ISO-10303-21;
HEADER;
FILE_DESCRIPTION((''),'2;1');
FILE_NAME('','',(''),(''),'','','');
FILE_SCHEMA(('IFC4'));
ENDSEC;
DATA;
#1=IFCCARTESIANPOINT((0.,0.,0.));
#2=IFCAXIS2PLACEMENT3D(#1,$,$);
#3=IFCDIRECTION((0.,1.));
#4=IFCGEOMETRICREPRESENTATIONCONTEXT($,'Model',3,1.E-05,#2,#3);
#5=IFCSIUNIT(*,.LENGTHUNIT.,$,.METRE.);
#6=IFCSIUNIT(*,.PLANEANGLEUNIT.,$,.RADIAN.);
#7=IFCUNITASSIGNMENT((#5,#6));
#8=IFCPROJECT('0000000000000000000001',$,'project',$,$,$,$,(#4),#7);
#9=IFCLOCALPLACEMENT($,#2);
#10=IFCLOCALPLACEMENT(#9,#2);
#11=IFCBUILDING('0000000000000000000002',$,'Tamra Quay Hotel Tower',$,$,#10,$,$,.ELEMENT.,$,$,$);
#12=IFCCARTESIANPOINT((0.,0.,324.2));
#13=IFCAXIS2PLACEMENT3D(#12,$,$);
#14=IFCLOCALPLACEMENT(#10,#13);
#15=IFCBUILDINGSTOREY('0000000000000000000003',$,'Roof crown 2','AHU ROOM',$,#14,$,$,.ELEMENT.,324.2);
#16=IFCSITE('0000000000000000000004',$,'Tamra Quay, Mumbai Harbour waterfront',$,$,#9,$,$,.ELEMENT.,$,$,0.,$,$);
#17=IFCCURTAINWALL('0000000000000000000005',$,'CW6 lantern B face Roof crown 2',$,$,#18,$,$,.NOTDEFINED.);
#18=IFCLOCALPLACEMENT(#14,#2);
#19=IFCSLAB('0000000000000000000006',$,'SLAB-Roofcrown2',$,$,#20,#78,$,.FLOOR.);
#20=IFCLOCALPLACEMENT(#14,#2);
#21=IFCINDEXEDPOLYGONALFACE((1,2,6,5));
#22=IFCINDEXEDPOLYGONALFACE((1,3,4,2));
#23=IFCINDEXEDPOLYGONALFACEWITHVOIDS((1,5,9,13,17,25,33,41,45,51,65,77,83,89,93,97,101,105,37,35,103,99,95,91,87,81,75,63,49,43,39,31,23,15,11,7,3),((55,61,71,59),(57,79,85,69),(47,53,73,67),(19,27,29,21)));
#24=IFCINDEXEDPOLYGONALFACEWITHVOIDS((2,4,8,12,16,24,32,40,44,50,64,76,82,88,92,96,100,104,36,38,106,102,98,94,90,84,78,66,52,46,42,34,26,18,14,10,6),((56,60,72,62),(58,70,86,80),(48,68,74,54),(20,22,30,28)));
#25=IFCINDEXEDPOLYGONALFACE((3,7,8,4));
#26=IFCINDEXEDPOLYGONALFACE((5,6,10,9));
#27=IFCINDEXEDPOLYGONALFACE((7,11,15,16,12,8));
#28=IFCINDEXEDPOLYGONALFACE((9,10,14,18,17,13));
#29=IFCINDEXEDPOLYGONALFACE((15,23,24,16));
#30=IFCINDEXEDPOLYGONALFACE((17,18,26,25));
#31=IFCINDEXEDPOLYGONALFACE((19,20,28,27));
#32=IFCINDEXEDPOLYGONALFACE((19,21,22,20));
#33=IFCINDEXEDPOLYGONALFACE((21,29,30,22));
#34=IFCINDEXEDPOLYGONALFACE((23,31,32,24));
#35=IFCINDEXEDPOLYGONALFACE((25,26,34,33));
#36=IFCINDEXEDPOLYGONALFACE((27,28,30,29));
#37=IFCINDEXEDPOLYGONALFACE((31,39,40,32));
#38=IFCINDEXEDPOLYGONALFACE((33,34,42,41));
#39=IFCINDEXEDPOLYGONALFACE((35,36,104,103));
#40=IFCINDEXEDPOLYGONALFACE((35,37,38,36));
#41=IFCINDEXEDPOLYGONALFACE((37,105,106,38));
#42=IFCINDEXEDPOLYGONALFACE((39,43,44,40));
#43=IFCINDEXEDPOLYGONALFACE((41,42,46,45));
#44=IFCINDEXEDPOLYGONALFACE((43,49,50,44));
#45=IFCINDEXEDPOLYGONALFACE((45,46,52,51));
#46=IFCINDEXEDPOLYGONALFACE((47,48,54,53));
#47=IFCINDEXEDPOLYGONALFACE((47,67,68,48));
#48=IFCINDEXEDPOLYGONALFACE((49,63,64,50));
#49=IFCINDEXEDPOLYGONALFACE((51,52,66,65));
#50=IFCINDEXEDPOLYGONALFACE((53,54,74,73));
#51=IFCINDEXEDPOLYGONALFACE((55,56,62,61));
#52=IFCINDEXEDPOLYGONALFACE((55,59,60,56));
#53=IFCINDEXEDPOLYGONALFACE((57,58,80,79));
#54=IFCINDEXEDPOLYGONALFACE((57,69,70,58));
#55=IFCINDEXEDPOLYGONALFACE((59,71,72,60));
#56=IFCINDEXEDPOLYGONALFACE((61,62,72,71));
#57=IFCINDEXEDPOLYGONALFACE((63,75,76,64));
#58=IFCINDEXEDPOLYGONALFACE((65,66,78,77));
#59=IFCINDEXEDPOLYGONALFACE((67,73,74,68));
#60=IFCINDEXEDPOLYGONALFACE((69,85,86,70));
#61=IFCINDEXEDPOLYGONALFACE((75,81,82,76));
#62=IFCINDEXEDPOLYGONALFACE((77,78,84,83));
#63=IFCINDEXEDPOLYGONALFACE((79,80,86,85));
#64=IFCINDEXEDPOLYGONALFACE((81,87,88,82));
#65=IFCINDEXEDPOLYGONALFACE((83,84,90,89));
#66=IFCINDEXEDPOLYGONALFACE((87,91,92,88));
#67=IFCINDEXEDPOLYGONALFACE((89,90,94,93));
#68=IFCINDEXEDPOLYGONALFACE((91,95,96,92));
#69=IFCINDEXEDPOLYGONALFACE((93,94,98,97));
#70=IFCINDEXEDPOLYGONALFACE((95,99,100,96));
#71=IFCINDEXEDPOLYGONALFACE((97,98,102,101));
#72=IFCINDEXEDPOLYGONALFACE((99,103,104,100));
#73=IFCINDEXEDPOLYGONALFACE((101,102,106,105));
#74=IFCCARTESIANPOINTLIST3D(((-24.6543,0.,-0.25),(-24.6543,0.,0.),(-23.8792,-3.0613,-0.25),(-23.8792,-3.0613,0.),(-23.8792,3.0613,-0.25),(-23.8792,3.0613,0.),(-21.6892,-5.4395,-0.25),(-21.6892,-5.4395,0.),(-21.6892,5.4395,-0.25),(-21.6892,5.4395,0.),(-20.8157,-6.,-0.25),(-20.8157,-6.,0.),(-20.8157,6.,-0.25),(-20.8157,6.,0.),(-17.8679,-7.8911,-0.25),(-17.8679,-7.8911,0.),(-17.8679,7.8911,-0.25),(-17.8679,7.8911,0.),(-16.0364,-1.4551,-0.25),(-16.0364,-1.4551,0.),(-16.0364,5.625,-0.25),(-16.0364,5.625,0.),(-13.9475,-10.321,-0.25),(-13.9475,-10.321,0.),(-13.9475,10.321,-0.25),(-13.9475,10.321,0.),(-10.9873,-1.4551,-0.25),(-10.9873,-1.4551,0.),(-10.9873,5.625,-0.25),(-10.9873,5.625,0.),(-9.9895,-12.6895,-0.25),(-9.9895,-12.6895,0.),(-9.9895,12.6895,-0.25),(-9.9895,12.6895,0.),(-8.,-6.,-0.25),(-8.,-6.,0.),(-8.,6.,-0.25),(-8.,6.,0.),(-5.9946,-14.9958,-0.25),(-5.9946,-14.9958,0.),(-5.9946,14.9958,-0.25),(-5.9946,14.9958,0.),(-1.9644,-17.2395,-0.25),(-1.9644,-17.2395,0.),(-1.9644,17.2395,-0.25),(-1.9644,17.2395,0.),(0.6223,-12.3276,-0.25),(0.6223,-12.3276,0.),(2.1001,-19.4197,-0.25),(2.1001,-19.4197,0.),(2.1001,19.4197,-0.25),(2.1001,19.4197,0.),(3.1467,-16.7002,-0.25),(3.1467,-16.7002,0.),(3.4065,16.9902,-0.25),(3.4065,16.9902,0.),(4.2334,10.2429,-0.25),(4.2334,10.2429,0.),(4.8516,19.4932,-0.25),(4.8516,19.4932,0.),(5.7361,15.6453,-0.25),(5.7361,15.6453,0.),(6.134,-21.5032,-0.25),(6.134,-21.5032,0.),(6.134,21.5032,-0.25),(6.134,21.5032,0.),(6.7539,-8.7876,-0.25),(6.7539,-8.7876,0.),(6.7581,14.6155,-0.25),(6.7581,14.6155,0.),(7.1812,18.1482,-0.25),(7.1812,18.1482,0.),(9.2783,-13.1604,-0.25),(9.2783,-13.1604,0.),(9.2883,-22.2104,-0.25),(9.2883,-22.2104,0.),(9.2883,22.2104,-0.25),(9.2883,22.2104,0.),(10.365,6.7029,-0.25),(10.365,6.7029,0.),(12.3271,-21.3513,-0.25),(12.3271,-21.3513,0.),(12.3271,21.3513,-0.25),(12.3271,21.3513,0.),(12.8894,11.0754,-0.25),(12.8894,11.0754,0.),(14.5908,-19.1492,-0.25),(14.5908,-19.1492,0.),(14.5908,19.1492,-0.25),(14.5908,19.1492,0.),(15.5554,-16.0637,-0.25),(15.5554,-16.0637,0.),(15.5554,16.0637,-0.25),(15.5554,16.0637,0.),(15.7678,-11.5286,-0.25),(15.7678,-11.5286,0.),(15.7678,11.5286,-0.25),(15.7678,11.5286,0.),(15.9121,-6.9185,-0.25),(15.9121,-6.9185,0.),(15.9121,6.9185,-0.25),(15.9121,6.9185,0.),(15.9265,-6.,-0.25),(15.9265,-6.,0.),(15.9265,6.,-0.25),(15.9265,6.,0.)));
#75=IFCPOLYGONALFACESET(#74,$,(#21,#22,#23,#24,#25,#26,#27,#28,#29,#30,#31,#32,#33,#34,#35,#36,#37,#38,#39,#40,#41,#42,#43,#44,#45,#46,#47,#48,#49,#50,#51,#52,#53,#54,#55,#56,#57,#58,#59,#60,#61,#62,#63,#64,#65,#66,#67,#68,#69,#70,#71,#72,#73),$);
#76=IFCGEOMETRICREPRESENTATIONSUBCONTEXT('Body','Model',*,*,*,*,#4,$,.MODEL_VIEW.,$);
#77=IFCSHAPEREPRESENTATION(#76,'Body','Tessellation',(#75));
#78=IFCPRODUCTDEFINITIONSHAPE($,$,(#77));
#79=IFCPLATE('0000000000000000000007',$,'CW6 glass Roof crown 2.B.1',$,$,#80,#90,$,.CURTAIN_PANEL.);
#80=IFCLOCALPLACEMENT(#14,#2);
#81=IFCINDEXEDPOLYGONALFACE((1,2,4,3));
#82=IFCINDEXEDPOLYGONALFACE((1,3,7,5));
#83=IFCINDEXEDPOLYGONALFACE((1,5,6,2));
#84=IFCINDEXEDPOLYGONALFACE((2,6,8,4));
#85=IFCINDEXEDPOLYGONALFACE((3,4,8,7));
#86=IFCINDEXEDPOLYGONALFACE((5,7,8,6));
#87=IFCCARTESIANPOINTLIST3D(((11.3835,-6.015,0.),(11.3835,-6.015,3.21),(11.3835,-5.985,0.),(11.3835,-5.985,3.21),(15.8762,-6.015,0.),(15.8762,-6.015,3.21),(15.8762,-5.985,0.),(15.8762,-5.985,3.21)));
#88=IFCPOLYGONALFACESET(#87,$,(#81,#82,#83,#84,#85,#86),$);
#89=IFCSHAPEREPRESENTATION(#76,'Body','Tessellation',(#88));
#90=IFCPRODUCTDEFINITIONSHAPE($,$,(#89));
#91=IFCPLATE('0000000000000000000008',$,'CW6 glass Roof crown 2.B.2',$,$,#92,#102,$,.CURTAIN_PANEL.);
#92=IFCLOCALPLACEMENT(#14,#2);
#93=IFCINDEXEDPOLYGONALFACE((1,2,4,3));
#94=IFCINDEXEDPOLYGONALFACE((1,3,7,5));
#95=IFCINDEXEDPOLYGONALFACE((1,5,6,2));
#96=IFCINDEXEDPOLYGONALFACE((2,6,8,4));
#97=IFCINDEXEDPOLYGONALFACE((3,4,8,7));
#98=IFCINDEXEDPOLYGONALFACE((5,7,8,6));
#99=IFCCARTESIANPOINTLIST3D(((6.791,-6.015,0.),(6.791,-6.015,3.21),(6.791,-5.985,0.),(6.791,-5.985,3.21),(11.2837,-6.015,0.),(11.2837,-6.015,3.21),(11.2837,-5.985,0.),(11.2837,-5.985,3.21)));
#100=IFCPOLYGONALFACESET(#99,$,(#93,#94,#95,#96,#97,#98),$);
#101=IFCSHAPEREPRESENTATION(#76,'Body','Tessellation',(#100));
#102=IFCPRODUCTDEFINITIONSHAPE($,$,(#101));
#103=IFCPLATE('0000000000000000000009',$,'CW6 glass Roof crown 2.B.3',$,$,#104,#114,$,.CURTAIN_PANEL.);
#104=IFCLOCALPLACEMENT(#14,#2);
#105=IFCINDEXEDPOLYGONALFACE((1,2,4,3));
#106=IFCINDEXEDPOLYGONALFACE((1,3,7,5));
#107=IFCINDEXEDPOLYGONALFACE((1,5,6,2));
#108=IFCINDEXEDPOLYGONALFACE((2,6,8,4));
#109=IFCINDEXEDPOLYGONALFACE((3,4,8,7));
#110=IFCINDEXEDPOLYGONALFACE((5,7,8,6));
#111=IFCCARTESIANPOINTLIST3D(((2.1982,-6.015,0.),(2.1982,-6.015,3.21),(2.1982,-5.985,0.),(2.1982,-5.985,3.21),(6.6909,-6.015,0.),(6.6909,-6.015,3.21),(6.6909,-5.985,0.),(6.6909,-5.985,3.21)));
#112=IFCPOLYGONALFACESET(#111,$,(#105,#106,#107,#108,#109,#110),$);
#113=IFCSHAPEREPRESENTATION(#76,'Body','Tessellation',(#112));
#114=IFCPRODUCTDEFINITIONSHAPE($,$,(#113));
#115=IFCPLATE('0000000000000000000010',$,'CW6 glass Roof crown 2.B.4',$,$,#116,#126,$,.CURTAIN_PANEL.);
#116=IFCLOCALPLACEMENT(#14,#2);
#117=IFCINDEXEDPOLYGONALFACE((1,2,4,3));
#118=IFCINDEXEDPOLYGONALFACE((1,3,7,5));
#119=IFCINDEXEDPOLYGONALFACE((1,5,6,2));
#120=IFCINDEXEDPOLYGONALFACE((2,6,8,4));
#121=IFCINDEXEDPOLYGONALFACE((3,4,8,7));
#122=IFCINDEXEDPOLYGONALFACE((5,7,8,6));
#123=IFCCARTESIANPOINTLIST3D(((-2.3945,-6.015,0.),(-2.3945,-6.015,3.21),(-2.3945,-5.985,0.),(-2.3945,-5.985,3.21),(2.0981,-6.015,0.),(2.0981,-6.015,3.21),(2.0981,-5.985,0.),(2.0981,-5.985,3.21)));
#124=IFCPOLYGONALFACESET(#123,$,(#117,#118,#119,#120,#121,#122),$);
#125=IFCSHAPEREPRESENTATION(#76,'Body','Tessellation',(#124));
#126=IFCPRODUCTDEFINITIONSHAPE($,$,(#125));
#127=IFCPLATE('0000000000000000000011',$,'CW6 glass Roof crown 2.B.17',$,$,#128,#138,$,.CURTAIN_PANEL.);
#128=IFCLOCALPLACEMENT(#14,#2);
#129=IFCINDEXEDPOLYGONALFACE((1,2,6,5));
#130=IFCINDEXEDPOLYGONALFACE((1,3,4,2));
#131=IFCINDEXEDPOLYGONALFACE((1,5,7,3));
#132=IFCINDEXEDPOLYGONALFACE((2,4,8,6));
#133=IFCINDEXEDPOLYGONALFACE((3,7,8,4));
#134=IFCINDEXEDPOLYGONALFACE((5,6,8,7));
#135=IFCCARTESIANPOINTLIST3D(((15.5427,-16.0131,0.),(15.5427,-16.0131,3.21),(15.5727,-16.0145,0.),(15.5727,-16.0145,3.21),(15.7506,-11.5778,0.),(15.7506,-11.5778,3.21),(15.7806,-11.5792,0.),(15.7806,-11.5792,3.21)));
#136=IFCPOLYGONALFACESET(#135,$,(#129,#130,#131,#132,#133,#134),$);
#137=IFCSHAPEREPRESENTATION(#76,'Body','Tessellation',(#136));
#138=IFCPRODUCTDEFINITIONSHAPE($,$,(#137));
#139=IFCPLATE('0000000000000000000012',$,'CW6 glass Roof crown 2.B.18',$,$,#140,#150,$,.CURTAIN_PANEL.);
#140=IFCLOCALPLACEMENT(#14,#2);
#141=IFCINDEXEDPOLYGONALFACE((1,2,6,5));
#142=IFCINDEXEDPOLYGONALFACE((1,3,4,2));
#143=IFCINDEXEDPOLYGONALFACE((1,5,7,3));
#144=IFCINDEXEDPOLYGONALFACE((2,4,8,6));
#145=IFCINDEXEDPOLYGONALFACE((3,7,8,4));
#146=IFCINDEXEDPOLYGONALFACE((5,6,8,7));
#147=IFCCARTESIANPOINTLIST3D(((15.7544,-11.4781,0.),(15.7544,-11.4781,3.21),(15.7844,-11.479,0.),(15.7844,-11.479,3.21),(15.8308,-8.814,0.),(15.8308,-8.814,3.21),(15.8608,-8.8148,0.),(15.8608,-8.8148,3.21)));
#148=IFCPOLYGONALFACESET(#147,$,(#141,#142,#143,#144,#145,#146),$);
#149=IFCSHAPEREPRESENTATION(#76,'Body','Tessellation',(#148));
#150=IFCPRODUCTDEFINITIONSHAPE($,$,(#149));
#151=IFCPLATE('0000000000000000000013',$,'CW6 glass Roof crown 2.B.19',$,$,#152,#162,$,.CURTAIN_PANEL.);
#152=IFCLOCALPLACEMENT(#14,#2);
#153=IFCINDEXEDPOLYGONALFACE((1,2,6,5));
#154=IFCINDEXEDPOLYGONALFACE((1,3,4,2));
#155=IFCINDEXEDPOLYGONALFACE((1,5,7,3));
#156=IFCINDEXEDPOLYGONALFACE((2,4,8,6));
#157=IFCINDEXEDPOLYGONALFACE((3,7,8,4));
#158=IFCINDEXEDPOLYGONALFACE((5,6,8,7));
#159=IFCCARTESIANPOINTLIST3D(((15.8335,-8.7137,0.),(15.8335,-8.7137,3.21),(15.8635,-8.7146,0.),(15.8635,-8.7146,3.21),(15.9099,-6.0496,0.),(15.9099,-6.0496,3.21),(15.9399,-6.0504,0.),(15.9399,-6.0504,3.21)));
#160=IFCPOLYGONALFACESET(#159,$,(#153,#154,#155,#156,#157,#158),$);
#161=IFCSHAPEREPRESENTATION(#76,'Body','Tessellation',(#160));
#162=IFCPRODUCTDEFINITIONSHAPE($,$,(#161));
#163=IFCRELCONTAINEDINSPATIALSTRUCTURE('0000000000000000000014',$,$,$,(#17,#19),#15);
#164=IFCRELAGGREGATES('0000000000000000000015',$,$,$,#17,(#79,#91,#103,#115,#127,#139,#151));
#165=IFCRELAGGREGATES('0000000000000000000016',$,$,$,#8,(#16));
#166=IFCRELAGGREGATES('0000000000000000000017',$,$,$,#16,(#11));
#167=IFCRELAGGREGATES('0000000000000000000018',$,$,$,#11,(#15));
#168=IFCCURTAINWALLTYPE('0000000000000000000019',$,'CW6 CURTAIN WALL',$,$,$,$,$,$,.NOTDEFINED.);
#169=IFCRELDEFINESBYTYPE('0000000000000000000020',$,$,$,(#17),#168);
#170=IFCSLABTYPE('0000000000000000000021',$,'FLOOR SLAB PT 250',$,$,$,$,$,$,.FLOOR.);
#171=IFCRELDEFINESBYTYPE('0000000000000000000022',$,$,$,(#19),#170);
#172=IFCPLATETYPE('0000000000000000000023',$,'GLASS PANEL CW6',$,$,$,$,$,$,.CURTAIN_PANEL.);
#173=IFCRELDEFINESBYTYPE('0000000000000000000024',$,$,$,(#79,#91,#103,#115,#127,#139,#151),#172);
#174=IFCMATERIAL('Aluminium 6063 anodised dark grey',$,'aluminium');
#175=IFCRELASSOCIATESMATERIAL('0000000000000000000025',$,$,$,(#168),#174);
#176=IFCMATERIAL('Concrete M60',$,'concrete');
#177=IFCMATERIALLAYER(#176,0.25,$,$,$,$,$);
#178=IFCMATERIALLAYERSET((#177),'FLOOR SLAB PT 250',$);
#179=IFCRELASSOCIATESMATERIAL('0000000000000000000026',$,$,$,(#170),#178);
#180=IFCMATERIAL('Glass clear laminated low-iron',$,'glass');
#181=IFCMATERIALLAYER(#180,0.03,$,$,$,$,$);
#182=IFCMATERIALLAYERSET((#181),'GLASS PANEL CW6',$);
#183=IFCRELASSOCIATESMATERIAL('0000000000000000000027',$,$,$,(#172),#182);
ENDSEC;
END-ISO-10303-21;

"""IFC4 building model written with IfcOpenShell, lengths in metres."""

from ifc_helpers import new_model, si_unit, direction, frame, origin, origin_2d, place, context, subcontext, project, spatial, polyline, rectangle, outline, extrude, material, layer, layer_set, type_object, element, aggregate, save


model = new_model("IFC4")

# Units and contexts
model_context = context("Model", 3, precision=1e-05, world=origin(), true_north=direction((0.0, 1.0)))
body_context = subcontext(model_context, "Body", "Model", "MODEL_VIEW")
ifc_project = project(units=[si_unit("LENGTHUNIT", "METRE"), si_unit("PLANEANGLEUNIT", "RADIAN")], contexts=[model_context])

# Site, building, storey
site_placement = place(None, origin())
site = spatial("IfcSite", under=ifc_project, at=site_placement, Name="Tamra Quay, Mumbai Harbour waterfront", CompositionType="ELEMENT", RefElevation=0.0)
building_placement = place(site_placement, origin())
building = spatial("IfcBuilding", under=site, at=building_placement, Name="Tamra Quay Hotel Tower", CompositionType="ELEMENT")
storey_placement = place(building_placement, frame((0.0, 0.0, 324.2)))
storey = spatial("IfcBuildingStorey", under=building, at=storey_placement, Name="Roof crown 2", Description="AHU ROOM", CompositionType="ELEMENT", Elevation=324.2)

# Curtain wall
ifc_material_1 = material(Name="Aluminium 6063 anodised dark grey", Category="aluminium")
curtain_wall_type = type_object("IfcCurtainWallType", Name="CW6 CURTAIN WALL", PredefinedType="NOTDEFINED", material=ifc_material_1)
curtain_wall_placement = place(storey_placement, origin())
curtain_wall = element("IfcCurtainWall", 1, at=curtain_wall_placement, inside=storey, type_object=curtain_wall_type, Name="CW6 lantern B face Roof crown 2", PredefinedType="NOTDEFINED")

# Slab
ifc_material_2 = material(Name="Concrete M60", Category="concrete")
ifc_layer_1 = layer(ifc_material_2, 0.25)
ifc_layer_set_1 = layer_set([ifc_layer_1], Name="FLOOR SLAB PT 250")
slab_type = type_object("IfcSlabType", Name="FLOOR SLAB PT 250", PredefinedType="FLOOR", material=ifc_layer_set_1)
slab_placement = place(storey_placement, frame((0.0, 0.0, -0.25)))
element("IfcSlab", 2, at=slab_placement, inside=storey, type_object=slab_type, Name="SLAB-Roofcrown2", PredefinedType="FLOOR", context=body_context, shape_type="SweptSolid", body=[
    extrude(outline(polyline([(15.5554, -16.0637), (14.5908, -19.1492), (12.3271, -21.3513), (9.2883, -22.2104), (6.134, -21.5032), (2.1001, -19.4197), (-1.9644, -17.2395), (-5.9946, -14.9958), (-9.9895, -12.6895), (-13.9475, -10.321), (-17.8679, -7.8911), (-20.8157, -6.0), (-21.6892, -5.4395), (-23.8792, -3.0613), (-24.6543, 0.0), (-23.8792, 3.0613), (-21.6892, 5.4395), (-20.8157, 6.0), (-17.8679, 7.8911), (-13.9475, 10.321), (-9.9895, 12.6895), (-5.9946, 14.9958), (-1.9644, 17.2395), (2.1001, 19.4197), (6.134, 21.5032), (9.2883, 22.2104), (12.3271, 21.3513), (14.5908, 19.1492), (15.5554, 16.0637), (15.7678, 11.5286), (15.9121, 6.9185), (15.9265, 6.0), (-8.0, 6.0), (-8.0, -6.0), (15.9265, -6.0), (15.9121, -6.9185), (15.7678, -11.5286), (15.5554, -16.0637)]), holes=[polyline([(9.2783, -13.1604), (6.7539, -8.7876), (0.6223, -12.3276), (3.1467, -16.7002), (9.2783, -13.1604)]), polyline([(-16.0364, -1.4551), (-10.9873, -1.4551), (-10.9873, 5.625), (-16.0364, 5.625), (-16.0364, -1.4551)]), polyline([(6.7581, 14.6155), (4.2334, 10.2429), (10.365, 6.7029), (12.8894, 11.0754), (6.7581, 14.6155)]), polyline([(4.8516, 19.4932), (3.4065, 16.9902), (5.7361, 15.6453), (7.1812, 18.1482), (4.8516, 19.4932)])]), origin(), (0.0, 0.0, 1.0), 0.25),
])

# Plates
ifc_material_3 = material(Name="Glass clear laminated low-iron", Category="glass")
ifc_layer_2 = layer(ifc_material_3, 0.03)
ifc_layer_set_2 = layer_set([ifc_layer_2], Name="GLASS PANEL CW6")
plate_type = type_object("IfcPlateType", Name="GLASS PANEL CW6", PredefinedType="CURTAIN_PANEL", material=ifc_layer_set_2)
plate_1_placement = place(storey_placement, frame((13.6299, -6.0, 0.0), z_axis=(0.0, 0.0, 1.0), x_axis=(-1.0, 0.0, 0.0)))
plate_1 = element("IfcPlate", 3, at=plate_1_placement, type_object=plate_type, Name="CW6 glass Roof crown 2.B.1", PredefinedType="CURTAIN_PANEL", context=body_context, shape_type="SweptSolid", body=[
    extrude(rectangle(XDim=4.4927, YDim=0.03, at=origin_2d()), origin(), (0.0, 0.0, 1.0), 3.21),
])
plate_2_placement = place(storey_placement, frame((9.0374, -6.0, 0.0), z_axis=(0.0, 0.0, 1.0), x_axis=(-1.0, 0.0, 0.0)))
plate_2 = element("IfcPlate", 4, at=plate_2_placement, type_object=plate_type, Name="CW6 glass Roof crown 2.B.2", PredefinedType="CURTAIN_PANEL", context=body_context, shape_type="SweptSolid", body=[
    extrude(rectangle(XDim=4.4927, YDim=0.03, at=origin_2d()), origin(), (0.0, 0.0, 1.0), 3.21),
])
plate_3_placement = place(storey_placement, frame((4.4446, -6.0, 0.0), z_axis=(0.0, 0.0, 1.0), x_axis=(-1.0, 0.0, 0.0)))
plate_3 = element("IfcPlate", 5, at=plate_3_placement, type_object=plate_type, Name="CW6 glass Roof crown 2.B.3", PredefinedType="CURTAIN_PANEL", context=body_context, shape_type="SweptSolid", body=[
    extrude(rectangle(XDim=4.4927, YDim=0.03, at=origin_2d()), origin(), (0.0, 0.0, 1.0), 3.21),
])
plate_4_placement = place(storey_placement, frame((-0.1482, -6.0, 0.0), z_axis=(0.0, 0.0, 1.0), x_axis=(-1.0, 0.0, 0.0)))
plate_4 = element("IfcPlate", 6, at=plate_4_placement, type_object=plate_type, Name="CW6 glass Roof crown 2.B.4", PredefinedType="CURTAIN_PANEL", context=body_context, shape_type="SweptSolid", body=[
    extrude(rectangle(XDim=4.4927, YDim=0.03, at=origin_2d()), origin(), (0.0, 0.0, 1.0), 3.21),
])
plate_5_placement = place(storey_placement, frame((15.6616, -13.7961, 0.0), z_axis=(0.0, 0.0, 1.0), x_axis=(0.046821, 0.998903, 0.0)))
plate_5 = element("IfcPlate", 7, at=plate_5_placement, type_object=plate_type, Name="CW6 glass Roof crown 2.B.17", PredefinedType="CURTAIN_PANEL", context=body_context, shape_type="SweptSolid", body=[
    extrude(rectangle(XDim=4.4402, YDim=0.03, at=origin_2d()), origin(), (0.0, 0.0, 1.0), 3.21),
])
plate_6_placement = place(storey_placement, frame((15.8076, -10.1465, 0.0), z_axis=(0.0, 0.0, 1.0), x_axis=(0.02865, 0.99959, 0.0)))
plate_6 = element("IfcPlate", 8, at=plate_6_placement, type_object=plate_type, Name="CW6 glass Roof crown 2.B.18", PredefinedType="CURTAIN_PANEL", context=body_context, shape_type="SweptSolid", body=[
    extrude(rectangle(XDim=2.6653, YDim=0.03, at=origin_2d()), origin(), (0.0, 0.0, 1.0), 3.21),
])
plate_7_placement = place(storey_placement, frame((15.8867, -7.3821, 0.0), z_axis=(0.0, 0.0, 1.0), x_axis=(0.02865, 0.99959, 0.0)))
plate_7 = element("IfcPlate", 9, at=plate_7_placement, type_object=plate_type, Name="CW6 glass Roof crown 2.B.19", PredefinedType="CURTAIN_PANEL", context=body_context, shape_type="SweptSolid", body=[
    extrude(rectangle(XDim=2.6653, YDim=0.03, at=origin_2d()), origin(), (0.0, 0.0, 1.0), 3.21),
])
aggregate(curtain_wall, [plate_1, plate_2, plate_3, plate_4, plate_5, plate_6, plate_7])

save(model, "model.ifc")
